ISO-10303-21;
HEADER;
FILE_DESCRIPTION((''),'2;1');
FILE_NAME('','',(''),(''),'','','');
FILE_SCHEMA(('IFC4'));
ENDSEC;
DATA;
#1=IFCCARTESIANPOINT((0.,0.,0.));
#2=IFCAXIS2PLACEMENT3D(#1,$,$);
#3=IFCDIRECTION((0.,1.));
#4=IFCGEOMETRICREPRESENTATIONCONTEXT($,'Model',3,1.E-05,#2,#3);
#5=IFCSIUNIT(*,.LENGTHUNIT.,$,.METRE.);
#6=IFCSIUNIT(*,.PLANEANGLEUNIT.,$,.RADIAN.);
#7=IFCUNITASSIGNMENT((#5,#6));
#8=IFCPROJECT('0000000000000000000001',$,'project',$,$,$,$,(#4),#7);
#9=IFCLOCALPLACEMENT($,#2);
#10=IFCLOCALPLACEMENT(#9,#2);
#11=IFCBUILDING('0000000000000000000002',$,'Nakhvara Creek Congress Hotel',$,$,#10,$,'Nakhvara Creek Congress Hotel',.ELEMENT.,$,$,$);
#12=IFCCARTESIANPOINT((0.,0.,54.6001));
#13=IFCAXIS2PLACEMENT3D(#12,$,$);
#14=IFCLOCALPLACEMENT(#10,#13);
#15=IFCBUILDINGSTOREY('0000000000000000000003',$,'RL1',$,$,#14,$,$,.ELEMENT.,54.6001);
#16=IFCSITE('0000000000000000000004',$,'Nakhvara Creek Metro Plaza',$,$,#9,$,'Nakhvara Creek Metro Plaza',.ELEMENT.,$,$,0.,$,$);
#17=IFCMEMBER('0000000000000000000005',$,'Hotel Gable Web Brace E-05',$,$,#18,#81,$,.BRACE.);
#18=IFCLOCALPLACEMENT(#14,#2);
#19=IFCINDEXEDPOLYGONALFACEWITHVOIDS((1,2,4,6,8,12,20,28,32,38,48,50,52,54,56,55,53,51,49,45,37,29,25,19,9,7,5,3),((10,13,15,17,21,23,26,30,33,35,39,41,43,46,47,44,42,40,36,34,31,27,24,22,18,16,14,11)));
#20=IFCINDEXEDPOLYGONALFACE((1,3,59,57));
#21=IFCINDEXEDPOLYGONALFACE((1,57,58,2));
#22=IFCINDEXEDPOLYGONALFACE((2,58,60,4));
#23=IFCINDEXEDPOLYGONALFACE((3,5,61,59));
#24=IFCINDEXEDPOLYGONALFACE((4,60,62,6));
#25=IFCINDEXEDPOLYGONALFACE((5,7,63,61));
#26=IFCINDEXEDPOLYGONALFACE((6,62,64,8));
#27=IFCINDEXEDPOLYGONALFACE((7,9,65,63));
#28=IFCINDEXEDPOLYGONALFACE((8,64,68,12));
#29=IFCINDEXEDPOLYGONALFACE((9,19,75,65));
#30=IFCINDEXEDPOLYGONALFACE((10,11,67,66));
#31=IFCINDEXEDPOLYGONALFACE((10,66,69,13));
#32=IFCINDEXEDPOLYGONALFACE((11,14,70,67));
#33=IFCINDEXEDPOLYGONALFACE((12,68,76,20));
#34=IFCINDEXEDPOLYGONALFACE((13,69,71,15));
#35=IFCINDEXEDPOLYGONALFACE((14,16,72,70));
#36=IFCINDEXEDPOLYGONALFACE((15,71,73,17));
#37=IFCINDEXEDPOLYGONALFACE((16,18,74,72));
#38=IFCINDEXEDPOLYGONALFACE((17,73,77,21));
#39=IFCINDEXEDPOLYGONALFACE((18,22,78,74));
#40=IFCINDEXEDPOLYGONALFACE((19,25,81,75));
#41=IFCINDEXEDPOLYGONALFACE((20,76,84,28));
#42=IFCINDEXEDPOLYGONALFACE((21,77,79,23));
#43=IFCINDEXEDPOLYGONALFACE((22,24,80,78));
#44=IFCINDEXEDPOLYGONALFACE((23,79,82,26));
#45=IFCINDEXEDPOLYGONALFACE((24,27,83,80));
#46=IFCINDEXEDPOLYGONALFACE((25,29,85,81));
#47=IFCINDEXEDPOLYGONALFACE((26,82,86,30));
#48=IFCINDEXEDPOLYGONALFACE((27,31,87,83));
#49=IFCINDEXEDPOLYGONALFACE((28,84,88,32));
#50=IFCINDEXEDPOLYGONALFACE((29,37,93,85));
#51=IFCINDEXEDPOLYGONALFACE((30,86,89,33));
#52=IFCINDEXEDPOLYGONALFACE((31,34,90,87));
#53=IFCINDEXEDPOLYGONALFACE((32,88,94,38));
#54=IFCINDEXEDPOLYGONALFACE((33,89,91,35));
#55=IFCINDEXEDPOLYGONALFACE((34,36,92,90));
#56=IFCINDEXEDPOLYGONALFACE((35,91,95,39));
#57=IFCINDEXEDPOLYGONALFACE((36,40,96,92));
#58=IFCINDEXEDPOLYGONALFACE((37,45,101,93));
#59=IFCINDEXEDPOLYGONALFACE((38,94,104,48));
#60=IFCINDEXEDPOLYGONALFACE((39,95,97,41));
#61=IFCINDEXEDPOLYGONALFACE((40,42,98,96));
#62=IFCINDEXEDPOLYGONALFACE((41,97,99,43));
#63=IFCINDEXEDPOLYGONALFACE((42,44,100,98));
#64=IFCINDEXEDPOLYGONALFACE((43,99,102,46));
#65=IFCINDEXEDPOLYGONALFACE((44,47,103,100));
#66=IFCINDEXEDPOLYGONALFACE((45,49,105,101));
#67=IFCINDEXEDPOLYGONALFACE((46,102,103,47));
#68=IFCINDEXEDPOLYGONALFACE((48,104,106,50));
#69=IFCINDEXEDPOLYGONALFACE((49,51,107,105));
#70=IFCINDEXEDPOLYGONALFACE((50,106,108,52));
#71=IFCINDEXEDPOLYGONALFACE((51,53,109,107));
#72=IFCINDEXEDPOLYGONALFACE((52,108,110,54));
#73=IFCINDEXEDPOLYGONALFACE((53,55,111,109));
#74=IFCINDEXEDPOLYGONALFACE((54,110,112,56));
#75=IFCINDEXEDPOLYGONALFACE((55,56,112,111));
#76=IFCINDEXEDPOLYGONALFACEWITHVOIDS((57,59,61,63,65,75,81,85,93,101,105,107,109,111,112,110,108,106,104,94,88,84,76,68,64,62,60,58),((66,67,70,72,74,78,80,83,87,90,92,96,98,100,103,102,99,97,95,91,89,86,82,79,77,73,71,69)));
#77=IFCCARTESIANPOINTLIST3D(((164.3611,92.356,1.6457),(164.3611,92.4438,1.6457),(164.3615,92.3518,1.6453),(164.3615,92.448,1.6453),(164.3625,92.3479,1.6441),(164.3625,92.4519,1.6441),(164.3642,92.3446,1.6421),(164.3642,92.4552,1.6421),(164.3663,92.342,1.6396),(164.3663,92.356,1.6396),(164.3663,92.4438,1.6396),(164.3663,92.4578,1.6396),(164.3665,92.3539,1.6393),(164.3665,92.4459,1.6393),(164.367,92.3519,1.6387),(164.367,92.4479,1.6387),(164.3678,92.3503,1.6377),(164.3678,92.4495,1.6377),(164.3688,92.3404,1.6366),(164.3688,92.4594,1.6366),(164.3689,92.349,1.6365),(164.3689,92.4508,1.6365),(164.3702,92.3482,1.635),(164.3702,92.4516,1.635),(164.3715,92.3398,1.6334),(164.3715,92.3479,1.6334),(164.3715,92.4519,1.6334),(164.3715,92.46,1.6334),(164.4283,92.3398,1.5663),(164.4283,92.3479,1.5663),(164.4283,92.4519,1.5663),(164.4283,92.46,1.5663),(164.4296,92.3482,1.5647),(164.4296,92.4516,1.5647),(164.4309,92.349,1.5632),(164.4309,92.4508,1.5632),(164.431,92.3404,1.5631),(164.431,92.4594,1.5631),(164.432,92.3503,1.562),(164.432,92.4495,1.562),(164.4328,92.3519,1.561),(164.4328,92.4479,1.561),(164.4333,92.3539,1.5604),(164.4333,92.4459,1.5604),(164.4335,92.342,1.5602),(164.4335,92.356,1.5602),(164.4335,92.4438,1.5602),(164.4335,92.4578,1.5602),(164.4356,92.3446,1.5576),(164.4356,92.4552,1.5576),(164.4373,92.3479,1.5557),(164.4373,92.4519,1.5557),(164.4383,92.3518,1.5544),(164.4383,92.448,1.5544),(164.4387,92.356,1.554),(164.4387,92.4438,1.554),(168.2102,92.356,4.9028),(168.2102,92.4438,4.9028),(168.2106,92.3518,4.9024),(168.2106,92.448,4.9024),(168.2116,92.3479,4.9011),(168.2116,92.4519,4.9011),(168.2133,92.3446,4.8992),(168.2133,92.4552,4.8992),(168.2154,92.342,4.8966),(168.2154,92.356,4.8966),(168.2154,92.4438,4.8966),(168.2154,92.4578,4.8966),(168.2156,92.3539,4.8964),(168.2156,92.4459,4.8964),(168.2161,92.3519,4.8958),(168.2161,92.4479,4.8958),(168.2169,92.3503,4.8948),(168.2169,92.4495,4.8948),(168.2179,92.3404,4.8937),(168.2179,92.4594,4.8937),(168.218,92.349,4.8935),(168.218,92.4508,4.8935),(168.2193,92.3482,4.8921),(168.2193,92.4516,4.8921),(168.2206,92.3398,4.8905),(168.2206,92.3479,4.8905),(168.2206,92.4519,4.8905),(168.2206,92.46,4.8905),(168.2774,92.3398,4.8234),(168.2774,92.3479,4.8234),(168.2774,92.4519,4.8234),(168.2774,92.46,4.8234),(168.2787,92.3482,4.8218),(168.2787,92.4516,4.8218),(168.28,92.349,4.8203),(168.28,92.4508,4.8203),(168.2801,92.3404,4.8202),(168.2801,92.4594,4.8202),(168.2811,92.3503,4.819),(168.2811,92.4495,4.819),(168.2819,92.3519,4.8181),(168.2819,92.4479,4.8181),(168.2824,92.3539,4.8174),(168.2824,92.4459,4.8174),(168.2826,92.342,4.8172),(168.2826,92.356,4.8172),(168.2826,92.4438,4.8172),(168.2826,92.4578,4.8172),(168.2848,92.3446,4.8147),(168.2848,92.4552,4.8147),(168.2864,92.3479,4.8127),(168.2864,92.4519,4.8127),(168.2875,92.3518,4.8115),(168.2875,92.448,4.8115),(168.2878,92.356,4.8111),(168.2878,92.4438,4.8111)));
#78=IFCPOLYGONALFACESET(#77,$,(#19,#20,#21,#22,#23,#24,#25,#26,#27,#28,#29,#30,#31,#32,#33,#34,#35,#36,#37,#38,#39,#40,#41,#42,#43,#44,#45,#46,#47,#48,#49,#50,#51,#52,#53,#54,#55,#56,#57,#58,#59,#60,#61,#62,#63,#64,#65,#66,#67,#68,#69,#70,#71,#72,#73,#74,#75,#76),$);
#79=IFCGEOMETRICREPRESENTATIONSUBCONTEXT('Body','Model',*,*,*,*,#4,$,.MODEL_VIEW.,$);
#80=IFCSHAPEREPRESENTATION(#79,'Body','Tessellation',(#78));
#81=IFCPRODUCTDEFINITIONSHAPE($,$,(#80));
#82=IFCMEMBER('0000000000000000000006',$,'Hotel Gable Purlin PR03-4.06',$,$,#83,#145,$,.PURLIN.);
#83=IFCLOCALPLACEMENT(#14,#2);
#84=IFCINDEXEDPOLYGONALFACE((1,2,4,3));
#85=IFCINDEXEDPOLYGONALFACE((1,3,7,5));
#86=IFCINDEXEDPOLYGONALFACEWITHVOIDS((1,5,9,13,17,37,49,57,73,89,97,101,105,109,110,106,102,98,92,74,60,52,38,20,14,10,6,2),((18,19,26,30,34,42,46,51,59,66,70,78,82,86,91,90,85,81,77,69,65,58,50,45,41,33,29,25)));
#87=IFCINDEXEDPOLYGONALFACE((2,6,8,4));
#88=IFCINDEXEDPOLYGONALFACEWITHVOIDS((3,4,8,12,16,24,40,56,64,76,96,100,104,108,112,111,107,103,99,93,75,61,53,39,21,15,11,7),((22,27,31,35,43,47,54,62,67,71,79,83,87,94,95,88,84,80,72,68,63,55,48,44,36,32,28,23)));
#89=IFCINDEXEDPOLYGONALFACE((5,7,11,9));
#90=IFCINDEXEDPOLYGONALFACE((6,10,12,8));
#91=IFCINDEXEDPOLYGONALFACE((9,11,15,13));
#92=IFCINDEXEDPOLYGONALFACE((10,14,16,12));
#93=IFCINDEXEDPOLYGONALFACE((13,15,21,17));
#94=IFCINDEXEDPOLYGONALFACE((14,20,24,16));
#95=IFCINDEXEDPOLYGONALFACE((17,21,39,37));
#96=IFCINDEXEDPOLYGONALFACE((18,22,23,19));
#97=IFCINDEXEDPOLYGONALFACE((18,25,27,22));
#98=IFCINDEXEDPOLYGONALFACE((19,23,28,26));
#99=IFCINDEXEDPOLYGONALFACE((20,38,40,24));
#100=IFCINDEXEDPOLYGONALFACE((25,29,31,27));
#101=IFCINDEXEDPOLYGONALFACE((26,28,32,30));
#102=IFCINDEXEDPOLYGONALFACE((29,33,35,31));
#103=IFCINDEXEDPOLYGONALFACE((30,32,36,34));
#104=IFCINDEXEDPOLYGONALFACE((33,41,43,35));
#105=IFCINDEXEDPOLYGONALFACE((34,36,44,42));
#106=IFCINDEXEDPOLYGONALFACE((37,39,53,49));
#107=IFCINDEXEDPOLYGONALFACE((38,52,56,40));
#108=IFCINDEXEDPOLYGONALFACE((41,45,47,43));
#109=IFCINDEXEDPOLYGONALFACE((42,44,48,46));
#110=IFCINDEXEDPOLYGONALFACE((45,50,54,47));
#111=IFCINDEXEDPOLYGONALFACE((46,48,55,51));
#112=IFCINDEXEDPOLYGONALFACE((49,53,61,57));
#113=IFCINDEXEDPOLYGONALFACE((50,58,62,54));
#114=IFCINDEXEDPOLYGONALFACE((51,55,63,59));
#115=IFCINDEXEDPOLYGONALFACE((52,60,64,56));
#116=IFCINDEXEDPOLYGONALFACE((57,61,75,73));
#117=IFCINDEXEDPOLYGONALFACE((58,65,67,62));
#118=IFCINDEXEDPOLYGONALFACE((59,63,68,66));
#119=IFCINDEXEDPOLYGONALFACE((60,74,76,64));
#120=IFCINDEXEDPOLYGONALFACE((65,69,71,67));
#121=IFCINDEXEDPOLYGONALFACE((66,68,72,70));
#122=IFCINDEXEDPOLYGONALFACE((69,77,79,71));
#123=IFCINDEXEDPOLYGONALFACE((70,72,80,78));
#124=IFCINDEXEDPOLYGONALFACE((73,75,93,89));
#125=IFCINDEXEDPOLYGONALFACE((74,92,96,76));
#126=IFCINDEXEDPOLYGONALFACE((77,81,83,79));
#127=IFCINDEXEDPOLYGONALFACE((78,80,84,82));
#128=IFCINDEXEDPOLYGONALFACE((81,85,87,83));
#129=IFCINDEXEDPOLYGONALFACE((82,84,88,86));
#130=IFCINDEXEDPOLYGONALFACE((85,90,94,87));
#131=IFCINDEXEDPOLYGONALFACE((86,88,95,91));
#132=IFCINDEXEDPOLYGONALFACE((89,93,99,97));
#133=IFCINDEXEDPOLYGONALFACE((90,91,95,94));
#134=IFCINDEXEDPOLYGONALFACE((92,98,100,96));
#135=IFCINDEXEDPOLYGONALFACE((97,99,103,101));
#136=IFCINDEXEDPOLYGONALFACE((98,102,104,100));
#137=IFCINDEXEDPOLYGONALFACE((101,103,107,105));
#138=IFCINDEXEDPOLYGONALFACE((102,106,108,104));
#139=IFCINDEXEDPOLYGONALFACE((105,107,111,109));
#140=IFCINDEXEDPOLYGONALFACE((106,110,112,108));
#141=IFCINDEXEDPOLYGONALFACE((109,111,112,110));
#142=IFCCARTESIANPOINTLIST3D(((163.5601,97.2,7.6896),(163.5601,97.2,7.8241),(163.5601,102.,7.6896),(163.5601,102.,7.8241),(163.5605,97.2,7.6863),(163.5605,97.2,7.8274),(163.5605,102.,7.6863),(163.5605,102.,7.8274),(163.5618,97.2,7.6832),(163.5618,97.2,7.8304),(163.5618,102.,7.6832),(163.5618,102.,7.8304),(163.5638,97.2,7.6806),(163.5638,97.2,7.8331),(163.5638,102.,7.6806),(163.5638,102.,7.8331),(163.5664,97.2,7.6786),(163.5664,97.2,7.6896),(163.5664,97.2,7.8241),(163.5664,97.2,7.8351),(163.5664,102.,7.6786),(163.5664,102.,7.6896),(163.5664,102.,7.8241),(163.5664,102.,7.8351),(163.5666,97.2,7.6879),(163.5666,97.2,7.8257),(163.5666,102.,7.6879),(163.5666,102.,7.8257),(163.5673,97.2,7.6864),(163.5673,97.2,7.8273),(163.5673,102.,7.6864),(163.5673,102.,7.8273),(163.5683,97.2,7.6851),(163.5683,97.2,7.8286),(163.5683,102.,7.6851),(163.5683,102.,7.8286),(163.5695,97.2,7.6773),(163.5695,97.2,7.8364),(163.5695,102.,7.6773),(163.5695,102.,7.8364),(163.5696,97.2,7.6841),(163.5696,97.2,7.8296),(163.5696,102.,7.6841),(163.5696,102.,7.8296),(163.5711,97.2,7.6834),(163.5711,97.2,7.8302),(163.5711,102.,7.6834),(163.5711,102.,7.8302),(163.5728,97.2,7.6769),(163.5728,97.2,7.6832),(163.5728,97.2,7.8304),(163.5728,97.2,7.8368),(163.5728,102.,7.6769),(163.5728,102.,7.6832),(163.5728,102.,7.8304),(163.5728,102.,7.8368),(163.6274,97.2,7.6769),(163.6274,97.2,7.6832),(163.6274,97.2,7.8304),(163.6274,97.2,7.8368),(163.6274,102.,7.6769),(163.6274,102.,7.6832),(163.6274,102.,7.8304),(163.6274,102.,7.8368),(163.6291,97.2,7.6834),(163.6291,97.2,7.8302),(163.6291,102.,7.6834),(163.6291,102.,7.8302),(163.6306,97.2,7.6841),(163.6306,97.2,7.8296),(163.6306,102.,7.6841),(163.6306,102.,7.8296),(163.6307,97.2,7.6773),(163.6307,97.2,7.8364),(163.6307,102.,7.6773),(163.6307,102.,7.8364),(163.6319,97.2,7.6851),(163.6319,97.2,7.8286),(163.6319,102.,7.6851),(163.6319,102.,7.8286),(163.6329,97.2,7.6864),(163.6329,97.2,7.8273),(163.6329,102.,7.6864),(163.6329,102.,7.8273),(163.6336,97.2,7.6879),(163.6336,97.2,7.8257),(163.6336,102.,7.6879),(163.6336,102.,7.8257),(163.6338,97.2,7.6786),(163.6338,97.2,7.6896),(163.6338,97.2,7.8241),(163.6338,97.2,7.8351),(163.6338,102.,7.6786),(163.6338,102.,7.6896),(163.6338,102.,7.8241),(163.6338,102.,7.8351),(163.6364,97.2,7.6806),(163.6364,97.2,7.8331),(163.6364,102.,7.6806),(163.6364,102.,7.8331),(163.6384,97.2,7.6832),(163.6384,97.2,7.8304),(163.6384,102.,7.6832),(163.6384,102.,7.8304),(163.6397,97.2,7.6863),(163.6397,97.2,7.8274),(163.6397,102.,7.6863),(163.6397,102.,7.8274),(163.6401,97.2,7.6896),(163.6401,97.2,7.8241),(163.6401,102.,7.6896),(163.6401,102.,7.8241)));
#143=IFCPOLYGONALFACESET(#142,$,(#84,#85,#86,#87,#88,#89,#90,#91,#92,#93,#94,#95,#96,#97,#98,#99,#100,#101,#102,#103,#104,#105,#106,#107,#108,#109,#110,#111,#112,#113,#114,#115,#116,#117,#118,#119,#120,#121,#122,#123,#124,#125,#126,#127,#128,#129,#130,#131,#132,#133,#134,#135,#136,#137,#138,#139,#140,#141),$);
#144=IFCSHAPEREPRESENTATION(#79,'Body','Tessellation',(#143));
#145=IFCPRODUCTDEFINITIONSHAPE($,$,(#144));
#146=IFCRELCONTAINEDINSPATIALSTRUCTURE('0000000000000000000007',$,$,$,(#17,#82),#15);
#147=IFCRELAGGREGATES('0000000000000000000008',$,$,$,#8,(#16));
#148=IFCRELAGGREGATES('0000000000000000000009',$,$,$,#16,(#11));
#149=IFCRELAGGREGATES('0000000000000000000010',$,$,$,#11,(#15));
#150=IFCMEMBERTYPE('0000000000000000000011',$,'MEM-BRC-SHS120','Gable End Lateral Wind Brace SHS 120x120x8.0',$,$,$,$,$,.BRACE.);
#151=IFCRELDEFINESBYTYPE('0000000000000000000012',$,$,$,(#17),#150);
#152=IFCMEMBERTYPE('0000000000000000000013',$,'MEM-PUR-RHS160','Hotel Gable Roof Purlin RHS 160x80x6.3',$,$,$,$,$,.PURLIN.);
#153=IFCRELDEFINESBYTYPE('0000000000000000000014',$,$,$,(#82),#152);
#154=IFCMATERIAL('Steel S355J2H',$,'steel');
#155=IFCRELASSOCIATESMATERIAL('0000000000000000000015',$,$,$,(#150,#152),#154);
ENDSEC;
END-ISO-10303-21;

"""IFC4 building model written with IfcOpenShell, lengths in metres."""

from ifc_helpers import new_model, si_unit, direction, frame, origin, origin_2d, place, context, subcontext, project, spatial, hollow_rectangle, extrude, material, material_profile, profile_set, type_object, element, save


model = new_model("IFC4")

# Units and contexts
model_context = context("Model", 3, precision=1e-05, world=origin(), true_north=direction((0.0, 1.0)))
body_context = subcontext(model_context, "Body", "Model", "MODEL_VIEW")
ifc_project = project(units=[si_unit("LENGTHUNIT", "METRE"), si_unit("PLANEANGLEUNIT", "RADIAN")], contexts=[model_context])

# Site, building, storey
site_placement = place(None, origin())
site = spatial("IfcSite", under=ifc_project, at=site_placement, Name="Nakhvara Creek Metro Plaza", LongName="Nakhvara Creek Metro Plaza", CompositionType="ELEMENT", RefElevation=0.0)
building_placement = place(site_placement, origin())
building = spatial("IfcBuilding", under=site, at=building_placement, Name="Nakhvara Creek Congress Hotel", LongName="Nakhvara Creek Congress Hotel", CompositionType="ELEMENT")
storey_placement = place(building_placement, frame((0.0, 0.0, 54.6001)))
storey = spatial("IfcBuildingStorey", under=building, at=storey_placement, Name="RL1", CompositionType="ELEMENT", Elevation=54.6001)

# Members
ifc_material_1 = material(Name="Steel S355J2H", Category="steel")
ifc_material_profile_1 = material_profile(ifc_material_1, hollow_rectangle(XDim=0.1201, YDim=0.1201, WallThickness=0.0081, InnerFilletRadius=0.0081, OuterFilletRadius=0.0161, at=origin_2d()), Name="SHS 120x120x8.0", Category="LoadBearing")
ifc_profile_set_1 = profile_set([ifc_material_profile_1], Name="Steel S355J2H")
member_type_1 = type_object("IfcMemberType", Name="MEM-BRC-SHS120", Description="Gable End Lateral Wind Brace SHS 120x120x8.0", PredefinedType="BRACE", material=ifc_profile_set_1)
member_placement = place(storey_placement, frame((164.3999, 92.3999, 1.5999), z_axis=(0.763373, 0.0, 0.645957), x_axis=(0.0, 1.0, 0.0)))
element("IfcMember", 1, at=member_placement, inside=storey, type_object=member_type_1, Name="Hotel Gable Web Brace E-05", PredefinedType="BRACE", context=body_context, shape_type="SweptSolid", body=[
    extrude(hollow_rectangle(XDim=0.1201, YDim=0.1201, WallThickness=0.0081, InnerFilletRadius=0.0081, OuterFilletRadius=0.0161, at=origin_2d()), origin(), (0.0, 0.0, 1.0), 5.0422),
])
ifc_material_profile_2 = material_profile(ifc_material_1, hollow_rectangle(XDim=0.0801, YDim=0.1599, WallThickness=0.0063, InnerFilletRadius=0.0063, OuterFilletRadius=0.0127, at=origin_2d()), Name="RHS 160x80x6.3", Category="LoadBearing")
ifc_profile_set_2 = profile_set([ifc_material_profile_2], Name="Steel S355J2H")
member_type_2 = type_object("IfcMemberType", Name="MEM-PUR-RHS160", Description="Hotel Gable Roof Purlin RHS 160x80x6.3", PredefinedType="PURLIN", material=ifc_profile_set_2)
for number, where, z_axis, x_axis, name in (
    (2, (163.6001, 97.2, 7.7568), (0.0, 1.0, 0.0), (-1.0, 0.0, 0.0), "Hotel Gable Purlin PR03-4.06"),
):
    element("IfcMember", number, at=place(storey_placement, frame(where, z_axis=z_axis, x_axis=x_axis)), inside=storey, type_object=member_type_2, Name=name, PredefinedType="PURLIN", context=body_context, shape_type="SweptSolid", body=[
        extrude(hollow_rectangle(XDim=0.0801, YDim=0.1599, WallThickness=0.0063, InnerFilletRadius=0.0063, OuterFilletRadius=0.0127, at=origin_2d()), origin(), (0.0, 0.0, 1.0), 4.8),
    ])

save(model, "model.ifc")
